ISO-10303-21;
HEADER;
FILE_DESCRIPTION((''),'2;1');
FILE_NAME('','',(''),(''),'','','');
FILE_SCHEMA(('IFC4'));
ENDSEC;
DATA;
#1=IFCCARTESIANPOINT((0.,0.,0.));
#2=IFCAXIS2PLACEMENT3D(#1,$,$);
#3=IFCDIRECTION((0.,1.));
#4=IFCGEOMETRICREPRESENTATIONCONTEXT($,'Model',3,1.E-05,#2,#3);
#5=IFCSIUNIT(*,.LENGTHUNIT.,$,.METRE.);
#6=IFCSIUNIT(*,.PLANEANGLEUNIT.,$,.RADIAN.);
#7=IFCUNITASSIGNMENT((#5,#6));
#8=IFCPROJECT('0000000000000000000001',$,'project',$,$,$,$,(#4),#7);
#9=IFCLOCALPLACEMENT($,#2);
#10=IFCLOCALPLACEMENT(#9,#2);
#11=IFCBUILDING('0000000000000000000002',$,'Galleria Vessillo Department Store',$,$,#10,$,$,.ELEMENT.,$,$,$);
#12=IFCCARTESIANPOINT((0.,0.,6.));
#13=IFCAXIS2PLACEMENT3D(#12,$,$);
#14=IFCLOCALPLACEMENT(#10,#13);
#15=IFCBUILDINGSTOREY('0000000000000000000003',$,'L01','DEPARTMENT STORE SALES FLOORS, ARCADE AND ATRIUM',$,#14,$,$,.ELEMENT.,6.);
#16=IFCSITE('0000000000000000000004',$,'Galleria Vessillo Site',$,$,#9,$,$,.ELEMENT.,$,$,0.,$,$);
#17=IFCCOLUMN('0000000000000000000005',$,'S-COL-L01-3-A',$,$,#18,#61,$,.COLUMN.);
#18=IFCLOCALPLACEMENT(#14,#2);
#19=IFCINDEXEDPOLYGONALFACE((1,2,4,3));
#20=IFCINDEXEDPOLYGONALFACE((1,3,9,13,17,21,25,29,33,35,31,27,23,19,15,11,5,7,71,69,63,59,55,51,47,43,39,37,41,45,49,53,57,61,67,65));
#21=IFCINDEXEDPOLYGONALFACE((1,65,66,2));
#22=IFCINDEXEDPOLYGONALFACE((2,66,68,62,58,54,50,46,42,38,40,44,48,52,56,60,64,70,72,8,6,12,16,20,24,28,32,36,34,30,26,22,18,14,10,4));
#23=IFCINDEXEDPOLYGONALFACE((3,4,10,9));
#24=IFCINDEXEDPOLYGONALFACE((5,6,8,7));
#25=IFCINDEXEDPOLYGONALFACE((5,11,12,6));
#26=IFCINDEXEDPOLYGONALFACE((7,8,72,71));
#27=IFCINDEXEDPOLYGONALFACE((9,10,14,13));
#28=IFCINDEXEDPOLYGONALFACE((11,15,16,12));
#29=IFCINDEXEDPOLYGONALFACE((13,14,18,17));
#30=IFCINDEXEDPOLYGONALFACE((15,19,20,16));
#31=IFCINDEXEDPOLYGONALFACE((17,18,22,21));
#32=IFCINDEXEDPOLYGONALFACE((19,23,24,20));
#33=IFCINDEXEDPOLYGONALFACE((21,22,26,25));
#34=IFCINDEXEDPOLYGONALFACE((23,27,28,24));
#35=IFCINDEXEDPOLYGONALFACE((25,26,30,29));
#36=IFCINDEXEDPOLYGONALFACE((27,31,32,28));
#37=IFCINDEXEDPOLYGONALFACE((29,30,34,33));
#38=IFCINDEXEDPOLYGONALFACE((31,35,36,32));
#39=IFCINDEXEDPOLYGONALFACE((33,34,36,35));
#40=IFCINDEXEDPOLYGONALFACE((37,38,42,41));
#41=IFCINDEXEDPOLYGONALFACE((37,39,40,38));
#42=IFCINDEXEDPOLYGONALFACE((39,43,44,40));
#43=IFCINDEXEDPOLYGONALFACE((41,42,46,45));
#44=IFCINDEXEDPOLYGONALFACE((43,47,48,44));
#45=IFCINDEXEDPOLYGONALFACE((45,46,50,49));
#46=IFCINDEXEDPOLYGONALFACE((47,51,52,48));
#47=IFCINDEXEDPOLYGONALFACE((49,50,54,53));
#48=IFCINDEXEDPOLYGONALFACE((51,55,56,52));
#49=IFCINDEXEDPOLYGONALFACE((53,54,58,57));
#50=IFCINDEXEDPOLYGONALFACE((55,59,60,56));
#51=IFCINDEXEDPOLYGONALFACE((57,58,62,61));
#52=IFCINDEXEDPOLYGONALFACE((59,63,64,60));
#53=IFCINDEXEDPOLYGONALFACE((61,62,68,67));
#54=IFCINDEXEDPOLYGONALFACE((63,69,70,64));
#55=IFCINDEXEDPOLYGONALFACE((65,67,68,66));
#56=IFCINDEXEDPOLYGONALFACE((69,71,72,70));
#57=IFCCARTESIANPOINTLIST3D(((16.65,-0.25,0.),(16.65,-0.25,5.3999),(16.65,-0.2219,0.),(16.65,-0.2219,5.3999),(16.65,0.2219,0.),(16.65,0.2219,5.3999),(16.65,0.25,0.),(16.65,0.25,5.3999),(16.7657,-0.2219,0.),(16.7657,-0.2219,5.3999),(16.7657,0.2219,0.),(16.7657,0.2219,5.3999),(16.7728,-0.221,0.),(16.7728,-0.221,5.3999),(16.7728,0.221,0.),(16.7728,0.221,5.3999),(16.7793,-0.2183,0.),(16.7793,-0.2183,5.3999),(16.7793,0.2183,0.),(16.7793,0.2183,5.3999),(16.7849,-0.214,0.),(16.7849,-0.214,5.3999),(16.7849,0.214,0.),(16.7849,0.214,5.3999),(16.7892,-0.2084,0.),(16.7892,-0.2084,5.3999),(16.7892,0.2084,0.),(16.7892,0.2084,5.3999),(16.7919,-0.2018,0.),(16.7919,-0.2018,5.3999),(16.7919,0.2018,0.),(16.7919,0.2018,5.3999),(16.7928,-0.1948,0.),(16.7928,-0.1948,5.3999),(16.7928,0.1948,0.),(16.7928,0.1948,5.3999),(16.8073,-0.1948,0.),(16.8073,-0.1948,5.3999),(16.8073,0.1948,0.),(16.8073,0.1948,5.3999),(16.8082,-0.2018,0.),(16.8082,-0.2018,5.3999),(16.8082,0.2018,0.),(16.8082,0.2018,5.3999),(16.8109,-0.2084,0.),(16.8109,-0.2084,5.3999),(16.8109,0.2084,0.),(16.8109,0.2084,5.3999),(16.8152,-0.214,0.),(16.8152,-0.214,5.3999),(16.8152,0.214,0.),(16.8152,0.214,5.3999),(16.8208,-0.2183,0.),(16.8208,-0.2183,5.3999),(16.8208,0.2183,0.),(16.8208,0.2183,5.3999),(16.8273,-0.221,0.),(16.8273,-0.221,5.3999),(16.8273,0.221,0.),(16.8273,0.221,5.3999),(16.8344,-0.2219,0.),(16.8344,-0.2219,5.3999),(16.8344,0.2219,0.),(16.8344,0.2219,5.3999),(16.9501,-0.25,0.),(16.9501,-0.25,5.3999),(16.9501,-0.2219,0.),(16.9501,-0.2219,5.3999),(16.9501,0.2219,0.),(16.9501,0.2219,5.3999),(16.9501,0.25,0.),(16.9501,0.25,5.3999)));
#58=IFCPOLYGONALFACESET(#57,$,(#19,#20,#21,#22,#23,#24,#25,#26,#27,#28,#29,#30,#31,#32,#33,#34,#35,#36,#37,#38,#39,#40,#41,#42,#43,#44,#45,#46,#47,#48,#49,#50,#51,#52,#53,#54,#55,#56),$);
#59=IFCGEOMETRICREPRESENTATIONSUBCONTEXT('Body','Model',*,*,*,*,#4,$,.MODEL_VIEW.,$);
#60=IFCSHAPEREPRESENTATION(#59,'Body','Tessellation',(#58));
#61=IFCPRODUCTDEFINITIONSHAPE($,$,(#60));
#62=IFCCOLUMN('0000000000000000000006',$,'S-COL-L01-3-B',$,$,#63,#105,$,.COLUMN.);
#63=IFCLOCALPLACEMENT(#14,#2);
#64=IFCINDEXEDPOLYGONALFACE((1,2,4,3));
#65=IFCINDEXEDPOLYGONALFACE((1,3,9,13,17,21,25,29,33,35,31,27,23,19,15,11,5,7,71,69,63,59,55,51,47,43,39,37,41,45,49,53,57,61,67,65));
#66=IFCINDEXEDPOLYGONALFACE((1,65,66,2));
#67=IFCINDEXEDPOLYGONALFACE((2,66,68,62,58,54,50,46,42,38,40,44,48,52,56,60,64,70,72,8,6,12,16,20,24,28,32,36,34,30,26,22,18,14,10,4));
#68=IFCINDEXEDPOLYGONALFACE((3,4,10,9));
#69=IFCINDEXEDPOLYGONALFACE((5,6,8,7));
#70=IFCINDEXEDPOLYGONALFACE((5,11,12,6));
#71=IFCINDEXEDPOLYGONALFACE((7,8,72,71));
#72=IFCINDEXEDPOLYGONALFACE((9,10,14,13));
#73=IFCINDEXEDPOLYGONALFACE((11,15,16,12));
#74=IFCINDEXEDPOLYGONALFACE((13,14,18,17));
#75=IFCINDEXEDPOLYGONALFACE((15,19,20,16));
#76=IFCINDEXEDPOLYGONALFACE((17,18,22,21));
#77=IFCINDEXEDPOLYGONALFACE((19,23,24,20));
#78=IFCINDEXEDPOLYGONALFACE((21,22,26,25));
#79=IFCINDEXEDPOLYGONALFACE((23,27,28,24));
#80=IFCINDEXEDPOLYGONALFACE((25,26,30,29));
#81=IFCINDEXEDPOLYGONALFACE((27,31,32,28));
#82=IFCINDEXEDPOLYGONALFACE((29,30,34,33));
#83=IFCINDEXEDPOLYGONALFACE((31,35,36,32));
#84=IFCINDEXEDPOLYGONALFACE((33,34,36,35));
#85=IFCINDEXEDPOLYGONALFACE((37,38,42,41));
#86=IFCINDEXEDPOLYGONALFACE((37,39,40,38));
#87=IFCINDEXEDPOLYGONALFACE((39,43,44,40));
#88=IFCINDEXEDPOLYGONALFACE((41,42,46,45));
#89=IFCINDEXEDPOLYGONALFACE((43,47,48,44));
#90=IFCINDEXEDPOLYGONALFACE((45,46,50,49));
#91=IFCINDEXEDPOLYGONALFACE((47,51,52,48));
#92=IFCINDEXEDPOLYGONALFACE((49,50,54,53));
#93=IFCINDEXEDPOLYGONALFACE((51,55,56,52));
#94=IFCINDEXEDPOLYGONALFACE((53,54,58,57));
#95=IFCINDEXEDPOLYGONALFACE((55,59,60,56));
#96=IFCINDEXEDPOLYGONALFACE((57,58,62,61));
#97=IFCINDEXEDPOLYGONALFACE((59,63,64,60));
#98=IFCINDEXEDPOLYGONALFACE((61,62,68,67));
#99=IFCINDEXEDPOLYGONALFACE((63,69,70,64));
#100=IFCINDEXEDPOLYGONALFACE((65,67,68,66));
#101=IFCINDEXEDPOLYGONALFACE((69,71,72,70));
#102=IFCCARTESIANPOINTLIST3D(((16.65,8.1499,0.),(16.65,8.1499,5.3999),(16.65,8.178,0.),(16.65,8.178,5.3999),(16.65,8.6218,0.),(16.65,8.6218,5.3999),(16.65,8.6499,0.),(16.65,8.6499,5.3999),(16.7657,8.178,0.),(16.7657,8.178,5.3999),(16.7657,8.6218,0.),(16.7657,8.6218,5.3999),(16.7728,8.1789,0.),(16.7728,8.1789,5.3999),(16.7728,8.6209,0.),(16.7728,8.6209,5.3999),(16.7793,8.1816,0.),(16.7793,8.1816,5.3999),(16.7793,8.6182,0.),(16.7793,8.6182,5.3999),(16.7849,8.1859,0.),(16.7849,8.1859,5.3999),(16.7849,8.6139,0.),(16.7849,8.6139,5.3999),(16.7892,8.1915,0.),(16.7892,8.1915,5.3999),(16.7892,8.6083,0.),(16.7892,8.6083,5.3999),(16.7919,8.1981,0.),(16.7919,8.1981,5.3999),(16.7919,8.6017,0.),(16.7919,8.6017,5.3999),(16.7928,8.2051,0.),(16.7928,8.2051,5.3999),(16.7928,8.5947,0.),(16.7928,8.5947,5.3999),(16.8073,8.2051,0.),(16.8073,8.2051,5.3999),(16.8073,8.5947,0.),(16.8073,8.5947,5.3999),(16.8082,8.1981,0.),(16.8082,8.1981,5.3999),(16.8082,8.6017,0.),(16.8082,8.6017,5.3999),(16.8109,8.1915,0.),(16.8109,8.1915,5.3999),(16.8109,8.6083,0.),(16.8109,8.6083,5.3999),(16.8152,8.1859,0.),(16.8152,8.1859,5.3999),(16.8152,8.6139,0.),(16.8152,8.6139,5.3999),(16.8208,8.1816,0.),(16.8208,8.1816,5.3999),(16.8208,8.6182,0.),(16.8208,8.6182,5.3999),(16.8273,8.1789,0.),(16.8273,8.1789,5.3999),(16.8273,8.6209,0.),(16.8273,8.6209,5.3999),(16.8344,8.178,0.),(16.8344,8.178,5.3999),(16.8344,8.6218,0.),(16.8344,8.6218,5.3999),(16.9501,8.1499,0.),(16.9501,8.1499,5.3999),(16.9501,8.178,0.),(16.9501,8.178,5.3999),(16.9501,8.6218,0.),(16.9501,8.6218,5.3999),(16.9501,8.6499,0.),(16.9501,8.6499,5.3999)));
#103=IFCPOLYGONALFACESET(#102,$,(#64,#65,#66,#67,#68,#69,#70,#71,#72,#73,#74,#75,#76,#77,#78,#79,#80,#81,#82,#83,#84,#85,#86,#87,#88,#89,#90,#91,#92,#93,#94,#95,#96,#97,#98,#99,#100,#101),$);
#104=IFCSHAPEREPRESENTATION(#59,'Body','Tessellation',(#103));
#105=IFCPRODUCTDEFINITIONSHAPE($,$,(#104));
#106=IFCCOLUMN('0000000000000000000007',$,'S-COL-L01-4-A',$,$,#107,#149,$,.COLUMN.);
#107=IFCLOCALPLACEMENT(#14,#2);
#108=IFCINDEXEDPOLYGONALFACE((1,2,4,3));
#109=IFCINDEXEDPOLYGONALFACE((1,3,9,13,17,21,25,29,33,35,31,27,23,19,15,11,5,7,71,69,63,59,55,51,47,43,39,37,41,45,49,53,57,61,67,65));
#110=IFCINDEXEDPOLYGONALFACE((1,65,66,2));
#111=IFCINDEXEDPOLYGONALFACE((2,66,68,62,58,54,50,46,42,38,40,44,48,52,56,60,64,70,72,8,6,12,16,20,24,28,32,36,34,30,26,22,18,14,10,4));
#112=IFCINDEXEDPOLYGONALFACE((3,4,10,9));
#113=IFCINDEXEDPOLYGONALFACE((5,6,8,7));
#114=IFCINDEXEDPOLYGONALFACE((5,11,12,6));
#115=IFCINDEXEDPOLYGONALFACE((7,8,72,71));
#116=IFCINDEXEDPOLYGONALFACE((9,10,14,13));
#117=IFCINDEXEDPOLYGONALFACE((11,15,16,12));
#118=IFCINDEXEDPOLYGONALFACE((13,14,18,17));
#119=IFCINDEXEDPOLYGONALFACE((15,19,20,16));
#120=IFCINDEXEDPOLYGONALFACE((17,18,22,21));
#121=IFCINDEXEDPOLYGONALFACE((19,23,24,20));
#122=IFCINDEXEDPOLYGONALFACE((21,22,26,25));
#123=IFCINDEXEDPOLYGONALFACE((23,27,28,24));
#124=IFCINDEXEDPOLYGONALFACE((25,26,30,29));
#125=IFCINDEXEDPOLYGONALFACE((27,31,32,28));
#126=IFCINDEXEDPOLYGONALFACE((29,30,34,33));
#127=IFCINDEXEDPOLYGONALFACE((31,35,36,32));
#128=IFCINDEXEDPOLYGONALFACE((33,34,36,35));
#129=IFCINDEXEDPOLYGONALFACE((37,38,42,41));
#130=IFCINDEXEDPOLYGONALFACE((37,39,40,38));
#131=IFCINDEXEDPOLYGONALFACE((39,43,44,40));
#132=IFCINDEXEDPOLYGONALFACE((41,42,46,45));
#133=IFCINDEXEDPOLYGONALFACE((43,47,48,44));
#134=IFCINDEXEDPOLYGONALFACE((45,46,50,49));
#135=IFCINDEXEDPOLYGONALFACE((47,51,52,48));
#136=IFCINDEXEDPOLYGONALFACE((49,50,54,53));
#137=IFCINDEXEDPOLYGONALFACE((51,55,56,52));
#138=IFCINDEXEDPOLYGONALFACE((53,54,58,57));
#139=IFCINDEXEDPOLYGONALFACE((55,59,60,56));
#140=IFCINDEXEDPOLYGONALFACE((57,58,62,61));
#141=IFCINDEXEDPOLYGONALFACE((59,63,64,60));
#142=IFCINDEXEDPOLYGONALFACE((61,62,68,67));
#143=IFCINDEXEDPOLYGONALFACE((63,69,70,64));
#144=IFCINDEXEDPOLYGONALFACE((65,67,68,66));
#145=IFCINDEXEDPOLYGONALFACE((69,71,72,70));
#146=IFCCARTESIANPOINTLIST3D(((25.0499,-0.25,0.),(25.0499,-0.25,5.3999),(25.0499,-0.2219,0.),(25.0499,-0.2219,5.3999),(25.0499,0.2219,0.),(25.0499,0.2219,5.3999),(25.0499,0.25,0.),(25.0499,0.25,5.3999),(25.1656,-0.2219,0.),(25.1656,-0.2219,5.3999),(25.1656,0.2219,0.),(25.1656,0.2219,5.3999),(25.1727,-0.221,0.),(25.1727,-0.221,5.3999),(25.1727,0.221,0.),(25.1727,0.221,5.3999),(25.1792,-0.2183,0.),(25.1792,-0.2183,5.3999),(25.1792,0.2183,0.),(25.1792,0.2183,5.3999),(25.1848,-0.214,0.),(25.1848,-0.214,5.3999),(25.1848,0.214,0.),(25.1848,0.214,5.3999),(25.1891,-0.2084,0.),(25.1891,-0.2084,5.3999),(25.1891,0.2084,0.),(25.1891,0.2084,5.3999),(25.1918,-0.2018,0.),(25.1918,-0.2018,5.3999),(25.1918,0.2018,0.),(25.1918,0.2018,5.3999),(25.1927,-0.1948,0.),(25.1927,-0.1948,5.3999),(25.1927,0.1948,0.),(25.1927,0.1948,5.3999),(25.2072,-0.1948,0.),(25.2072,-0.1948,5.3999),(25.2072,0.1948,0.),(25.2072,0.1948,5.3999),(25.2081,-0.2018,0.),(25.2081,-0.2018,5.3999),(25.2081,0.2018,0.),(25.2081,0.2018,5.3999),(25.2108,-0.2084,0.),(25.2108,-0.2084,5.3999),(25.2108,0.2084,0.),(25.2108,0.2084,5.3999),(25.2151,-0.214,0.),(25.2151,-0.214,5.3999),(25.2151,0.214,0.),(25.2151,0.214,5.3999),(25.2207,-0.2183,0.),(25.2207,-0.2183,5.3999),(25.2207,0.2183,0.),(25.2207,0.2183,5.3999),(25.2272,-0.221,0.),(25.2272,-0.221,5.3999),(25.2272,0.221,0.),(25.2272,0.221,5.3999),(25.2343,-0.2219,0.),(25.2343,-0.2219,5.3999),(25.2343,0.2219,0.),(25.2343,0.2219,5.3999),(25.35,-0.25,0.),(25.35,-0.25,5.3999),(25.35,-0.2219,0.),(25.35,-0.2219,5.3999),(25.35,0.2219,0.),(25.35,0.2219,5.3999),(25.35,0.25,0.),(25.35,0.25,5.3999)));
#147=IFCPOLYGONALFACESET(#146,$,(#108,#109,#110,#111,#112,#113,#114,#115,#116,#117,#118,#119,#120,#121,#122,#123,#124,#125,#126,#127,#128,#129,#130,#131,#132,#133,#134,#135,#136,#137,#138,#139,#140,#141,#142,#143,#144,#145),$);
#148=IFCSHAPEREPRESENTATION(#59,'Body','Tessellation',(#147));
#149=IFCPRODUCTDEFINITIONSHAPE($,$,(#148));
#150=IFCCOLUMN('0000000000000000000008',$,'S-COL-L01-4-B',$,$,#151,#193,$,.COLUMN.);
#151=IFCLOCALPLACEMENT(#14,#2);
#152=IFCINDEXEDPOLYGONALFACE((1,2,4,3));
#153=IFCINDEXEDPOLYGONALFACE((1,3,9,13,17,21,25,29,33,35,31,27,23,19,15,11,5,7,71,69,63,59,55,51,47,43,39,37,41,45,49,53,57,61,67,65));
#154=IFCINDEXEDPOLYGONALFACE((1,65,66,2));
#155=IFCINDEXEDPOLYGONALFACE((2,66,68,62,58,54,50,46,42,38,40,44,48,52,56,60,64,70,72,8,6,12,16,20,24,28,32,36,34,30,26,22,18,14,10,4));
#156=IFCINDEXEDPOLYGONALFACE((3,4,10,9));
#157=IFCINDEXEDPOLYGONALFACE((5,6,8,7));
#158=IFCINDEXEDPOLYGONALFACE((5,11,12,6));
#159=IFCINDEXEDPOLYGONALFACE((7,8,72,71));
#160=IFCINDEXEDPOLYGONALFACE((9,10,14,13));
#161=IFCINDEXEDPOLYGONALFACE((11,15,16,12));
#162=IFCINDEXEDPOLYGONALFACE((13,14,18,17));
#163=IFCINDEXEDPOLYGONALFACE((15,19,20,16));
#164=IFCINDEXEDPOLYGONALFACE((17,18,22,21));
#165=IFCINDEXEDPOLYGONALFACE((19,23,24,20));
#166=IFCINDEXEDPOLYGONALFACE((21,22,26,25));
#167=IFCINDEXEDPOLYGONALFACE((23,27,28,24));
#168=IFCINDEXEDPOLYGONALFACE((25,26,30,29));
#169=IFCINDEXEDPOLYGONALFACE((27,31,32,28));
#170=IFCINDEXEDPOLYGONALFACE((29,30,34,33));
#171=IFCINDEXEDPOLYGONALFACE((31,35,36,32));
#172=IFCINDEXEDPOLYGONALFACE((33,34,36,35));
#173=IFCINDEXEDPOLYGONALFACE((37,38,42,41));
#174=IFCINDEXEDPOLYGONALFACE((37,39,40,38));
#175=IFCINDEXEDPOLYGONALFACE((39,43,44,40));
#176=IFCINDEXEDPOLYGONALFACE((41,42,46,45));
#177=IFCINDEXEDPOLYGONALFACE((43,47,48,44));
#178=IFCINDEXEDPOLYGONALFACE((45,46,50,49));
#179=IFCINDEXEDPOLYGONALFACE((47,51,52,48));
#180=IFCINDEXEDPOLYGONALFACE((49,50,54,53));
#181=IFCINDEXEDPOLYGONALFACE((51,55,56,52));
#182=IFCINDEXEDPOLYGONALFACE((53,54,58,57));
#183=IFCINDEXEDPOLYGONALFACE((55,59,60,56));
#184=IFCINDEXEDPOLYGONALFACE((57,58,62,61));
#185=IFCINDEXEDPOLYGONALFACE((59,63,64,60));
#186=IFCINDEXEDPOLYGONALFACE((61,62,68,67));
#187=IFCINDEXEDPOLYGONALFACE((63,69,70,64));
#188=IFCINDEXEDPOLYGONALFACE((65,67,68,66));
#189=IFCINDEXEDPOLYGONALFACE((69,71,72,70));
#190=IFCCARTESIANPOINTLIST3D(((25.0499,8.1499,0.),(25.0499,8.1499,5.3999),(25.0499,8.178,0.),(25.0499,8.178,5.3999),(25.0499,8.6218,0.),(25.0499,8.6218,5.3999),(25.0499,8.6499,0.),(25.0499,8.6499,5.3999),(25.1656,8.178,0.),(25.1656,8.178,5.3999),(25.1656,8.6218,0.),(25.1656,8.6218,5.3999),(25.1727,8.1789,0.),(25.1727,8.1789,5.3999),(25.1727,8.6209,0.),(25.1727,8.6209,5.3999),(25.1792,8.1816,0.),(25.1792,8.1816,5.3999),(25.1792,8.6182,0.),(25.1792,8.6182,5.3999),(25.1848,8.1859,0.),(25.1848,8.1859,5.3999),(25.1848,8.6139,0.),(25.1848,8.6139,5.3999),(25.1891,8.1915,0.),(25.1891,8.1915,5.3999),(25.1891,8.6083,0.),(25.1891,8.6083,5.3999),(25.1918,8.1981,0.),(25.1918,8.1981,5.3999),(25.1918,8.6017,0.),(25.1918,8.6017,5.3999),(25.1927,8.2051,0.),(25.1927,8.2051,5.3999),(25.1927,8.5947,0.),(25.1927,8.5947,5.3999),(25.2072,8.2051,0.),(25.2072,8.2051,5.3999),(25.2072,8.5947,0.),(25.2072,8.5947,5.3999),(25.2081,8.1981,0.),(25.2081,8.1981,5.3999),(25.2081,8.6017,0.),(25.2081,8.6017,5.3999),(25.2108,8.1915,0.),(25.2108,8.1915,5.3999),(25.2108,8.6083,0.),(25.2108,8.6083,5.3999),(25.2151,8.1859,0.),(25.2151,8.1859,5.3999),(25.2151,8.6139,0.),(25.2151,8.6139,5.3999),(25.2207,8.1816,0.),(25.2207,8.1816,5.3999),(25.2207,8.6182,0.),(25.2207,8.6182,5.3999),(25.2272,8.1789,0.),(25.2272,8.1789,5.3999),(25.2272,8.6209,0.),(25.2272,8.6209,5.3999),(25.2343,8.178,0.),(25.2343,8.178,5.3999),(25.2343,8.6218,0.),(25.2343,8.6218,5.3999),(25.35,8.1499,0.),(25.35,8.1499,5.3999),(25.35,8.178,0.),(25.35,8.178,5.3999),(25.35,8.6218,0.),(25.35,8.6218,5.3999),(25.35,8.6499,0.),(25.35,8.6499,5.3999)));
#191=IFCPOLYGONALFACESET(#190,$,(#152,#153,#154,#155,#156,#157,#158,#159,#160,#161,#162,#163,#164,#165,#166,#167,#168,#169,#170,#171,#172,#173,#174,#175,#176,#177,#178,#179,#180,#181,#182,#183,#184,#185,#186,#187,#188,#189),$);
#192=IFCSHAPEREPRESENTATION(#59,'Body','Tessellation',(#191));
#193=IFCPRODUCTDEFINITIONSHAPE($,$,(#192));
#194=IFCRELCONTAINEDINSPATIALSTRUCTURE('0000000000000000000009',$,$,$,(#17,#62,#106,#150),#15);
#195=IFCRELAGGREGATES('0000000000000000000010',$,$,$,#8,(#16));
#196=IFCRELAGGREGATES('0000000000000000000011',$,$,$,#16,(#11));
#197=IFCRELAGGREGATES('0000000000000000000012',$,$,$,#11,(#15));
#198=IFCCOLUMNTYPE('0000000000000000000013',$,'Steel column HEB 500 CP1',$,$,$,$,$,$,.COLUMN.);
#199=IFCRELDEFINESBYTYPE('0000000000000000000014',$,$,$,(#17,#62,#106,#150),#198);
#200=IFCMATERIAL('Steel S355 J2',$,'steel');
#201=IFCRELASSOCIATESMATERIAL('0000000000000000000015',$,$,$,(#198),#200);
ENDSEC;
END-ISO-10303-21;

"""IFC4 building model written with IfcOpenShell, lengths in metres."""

from ifc_helpers import new_model, si_unit, direction, frame, origin, origin_2d, place, context, subcontext, project, spatial, i_section, extrude, material, material_profile, profile_set, type_object, element, save


model = new_model("IFC4")

# Units and contexts
model_context = context("Model", 3, precision=1e-05, world=origin(), true_north=direction((0.0, 1.0)))
body_context = subcontext(model_context, "Body", "Model", "MODEL_VIEW")
ifc_project = project(units=[si_unit("LENGTHUNIT", "METRE"), si_unit("PLANEANGLEUNIT", "RADIAN")], contexts=[model_context])

# Site, building, storey
site_placement = place(None, origin())
site = spatial("IfcSite", under=ifc_project, at=site_placement, Name="Galleria Vessillo Site", CompositionType="ELEMENT", RefElevation=0.0)
building_placement = place(site_placement, origin())
building = spatial("IfcBuilding", under=site, at=building_placement, Name="Galleria Vessillo Department Store", CompositionType="ELEMENT")
storey_placement = place(building_placement, frame((0.0, 0.0, 6.0)))
storey = spatial("IfcBuildingStorey", under=building, at=storey_placement, Name="L01", Description="DEPARTMENT STORE SALES FLOORS, ARCADE AND ATRIUM", CompositionType="ELEMENT", Elevation=6.0)

# Columns
ifc_material_1 = material(Name="Steel S355 J2", Category="steel")
ifc_material_profile_1 = material_profile(ifc_material_1, i_section(OverallWidth=0.3, OverallDepth=0.5, WebThickness=0.0144, FlangeThickness=0.0281, FilletRadius=0.0271, at=origin_2d()), Name="HEB 500")
ifc_profile_set_1 = profile_set([ifc_material_profile_1], Name="Steel S355 J2")
column_type = type_object("IfcColumnType", Name="Steel column HEB 500 CP1", PredefinedType="COLUMN", material=ifc_profile_set_1)
for number, where, z_axis, x_axis, name in (
    (1, (16.8, 0.0, 0.0), (0.0, 0.0, 1.0), (1.0, 0.0, 0.0), "S-COL-L01-3-A"),
    (2, (16.8, 8.3999, 0.0), (0.0, 0.0, 1.0), (1.0, 0.0, 0.0), "S-COL-L01-3-B"),
    (3, (25.2, 0.0, 0.0), (0.0, 0.0, 1.0), (1.0, 0.0, 0.0), "S-COL-L01-4-A"),
    (4, (25.2, 8.3999, 0.0), (0.0, 0.0, 1.0), (1.0, 0.0, 0.0), "S-COL-L01-4-B"),
):
    element("IfcColumn", number, at=place(storey_placement, frame(where, z_axis=z_axis, x_axis=x_axis)), inside=storey, type_object=column_type, Name=name, PredefinedType="COLUMN", context=body_context, shape_type="SweptSolid", body=[
        extrude(i_section(OverallWidth=0.3, OverallDepth=0.5, WebThickness=0.0144, FlangeThickness=0.0281, FilletRadius=0.0271, at=origin_2d()), origin(), (0.0, 0.0, 1.0), 5.3999),
    ])

save(model, "model.ifc")
